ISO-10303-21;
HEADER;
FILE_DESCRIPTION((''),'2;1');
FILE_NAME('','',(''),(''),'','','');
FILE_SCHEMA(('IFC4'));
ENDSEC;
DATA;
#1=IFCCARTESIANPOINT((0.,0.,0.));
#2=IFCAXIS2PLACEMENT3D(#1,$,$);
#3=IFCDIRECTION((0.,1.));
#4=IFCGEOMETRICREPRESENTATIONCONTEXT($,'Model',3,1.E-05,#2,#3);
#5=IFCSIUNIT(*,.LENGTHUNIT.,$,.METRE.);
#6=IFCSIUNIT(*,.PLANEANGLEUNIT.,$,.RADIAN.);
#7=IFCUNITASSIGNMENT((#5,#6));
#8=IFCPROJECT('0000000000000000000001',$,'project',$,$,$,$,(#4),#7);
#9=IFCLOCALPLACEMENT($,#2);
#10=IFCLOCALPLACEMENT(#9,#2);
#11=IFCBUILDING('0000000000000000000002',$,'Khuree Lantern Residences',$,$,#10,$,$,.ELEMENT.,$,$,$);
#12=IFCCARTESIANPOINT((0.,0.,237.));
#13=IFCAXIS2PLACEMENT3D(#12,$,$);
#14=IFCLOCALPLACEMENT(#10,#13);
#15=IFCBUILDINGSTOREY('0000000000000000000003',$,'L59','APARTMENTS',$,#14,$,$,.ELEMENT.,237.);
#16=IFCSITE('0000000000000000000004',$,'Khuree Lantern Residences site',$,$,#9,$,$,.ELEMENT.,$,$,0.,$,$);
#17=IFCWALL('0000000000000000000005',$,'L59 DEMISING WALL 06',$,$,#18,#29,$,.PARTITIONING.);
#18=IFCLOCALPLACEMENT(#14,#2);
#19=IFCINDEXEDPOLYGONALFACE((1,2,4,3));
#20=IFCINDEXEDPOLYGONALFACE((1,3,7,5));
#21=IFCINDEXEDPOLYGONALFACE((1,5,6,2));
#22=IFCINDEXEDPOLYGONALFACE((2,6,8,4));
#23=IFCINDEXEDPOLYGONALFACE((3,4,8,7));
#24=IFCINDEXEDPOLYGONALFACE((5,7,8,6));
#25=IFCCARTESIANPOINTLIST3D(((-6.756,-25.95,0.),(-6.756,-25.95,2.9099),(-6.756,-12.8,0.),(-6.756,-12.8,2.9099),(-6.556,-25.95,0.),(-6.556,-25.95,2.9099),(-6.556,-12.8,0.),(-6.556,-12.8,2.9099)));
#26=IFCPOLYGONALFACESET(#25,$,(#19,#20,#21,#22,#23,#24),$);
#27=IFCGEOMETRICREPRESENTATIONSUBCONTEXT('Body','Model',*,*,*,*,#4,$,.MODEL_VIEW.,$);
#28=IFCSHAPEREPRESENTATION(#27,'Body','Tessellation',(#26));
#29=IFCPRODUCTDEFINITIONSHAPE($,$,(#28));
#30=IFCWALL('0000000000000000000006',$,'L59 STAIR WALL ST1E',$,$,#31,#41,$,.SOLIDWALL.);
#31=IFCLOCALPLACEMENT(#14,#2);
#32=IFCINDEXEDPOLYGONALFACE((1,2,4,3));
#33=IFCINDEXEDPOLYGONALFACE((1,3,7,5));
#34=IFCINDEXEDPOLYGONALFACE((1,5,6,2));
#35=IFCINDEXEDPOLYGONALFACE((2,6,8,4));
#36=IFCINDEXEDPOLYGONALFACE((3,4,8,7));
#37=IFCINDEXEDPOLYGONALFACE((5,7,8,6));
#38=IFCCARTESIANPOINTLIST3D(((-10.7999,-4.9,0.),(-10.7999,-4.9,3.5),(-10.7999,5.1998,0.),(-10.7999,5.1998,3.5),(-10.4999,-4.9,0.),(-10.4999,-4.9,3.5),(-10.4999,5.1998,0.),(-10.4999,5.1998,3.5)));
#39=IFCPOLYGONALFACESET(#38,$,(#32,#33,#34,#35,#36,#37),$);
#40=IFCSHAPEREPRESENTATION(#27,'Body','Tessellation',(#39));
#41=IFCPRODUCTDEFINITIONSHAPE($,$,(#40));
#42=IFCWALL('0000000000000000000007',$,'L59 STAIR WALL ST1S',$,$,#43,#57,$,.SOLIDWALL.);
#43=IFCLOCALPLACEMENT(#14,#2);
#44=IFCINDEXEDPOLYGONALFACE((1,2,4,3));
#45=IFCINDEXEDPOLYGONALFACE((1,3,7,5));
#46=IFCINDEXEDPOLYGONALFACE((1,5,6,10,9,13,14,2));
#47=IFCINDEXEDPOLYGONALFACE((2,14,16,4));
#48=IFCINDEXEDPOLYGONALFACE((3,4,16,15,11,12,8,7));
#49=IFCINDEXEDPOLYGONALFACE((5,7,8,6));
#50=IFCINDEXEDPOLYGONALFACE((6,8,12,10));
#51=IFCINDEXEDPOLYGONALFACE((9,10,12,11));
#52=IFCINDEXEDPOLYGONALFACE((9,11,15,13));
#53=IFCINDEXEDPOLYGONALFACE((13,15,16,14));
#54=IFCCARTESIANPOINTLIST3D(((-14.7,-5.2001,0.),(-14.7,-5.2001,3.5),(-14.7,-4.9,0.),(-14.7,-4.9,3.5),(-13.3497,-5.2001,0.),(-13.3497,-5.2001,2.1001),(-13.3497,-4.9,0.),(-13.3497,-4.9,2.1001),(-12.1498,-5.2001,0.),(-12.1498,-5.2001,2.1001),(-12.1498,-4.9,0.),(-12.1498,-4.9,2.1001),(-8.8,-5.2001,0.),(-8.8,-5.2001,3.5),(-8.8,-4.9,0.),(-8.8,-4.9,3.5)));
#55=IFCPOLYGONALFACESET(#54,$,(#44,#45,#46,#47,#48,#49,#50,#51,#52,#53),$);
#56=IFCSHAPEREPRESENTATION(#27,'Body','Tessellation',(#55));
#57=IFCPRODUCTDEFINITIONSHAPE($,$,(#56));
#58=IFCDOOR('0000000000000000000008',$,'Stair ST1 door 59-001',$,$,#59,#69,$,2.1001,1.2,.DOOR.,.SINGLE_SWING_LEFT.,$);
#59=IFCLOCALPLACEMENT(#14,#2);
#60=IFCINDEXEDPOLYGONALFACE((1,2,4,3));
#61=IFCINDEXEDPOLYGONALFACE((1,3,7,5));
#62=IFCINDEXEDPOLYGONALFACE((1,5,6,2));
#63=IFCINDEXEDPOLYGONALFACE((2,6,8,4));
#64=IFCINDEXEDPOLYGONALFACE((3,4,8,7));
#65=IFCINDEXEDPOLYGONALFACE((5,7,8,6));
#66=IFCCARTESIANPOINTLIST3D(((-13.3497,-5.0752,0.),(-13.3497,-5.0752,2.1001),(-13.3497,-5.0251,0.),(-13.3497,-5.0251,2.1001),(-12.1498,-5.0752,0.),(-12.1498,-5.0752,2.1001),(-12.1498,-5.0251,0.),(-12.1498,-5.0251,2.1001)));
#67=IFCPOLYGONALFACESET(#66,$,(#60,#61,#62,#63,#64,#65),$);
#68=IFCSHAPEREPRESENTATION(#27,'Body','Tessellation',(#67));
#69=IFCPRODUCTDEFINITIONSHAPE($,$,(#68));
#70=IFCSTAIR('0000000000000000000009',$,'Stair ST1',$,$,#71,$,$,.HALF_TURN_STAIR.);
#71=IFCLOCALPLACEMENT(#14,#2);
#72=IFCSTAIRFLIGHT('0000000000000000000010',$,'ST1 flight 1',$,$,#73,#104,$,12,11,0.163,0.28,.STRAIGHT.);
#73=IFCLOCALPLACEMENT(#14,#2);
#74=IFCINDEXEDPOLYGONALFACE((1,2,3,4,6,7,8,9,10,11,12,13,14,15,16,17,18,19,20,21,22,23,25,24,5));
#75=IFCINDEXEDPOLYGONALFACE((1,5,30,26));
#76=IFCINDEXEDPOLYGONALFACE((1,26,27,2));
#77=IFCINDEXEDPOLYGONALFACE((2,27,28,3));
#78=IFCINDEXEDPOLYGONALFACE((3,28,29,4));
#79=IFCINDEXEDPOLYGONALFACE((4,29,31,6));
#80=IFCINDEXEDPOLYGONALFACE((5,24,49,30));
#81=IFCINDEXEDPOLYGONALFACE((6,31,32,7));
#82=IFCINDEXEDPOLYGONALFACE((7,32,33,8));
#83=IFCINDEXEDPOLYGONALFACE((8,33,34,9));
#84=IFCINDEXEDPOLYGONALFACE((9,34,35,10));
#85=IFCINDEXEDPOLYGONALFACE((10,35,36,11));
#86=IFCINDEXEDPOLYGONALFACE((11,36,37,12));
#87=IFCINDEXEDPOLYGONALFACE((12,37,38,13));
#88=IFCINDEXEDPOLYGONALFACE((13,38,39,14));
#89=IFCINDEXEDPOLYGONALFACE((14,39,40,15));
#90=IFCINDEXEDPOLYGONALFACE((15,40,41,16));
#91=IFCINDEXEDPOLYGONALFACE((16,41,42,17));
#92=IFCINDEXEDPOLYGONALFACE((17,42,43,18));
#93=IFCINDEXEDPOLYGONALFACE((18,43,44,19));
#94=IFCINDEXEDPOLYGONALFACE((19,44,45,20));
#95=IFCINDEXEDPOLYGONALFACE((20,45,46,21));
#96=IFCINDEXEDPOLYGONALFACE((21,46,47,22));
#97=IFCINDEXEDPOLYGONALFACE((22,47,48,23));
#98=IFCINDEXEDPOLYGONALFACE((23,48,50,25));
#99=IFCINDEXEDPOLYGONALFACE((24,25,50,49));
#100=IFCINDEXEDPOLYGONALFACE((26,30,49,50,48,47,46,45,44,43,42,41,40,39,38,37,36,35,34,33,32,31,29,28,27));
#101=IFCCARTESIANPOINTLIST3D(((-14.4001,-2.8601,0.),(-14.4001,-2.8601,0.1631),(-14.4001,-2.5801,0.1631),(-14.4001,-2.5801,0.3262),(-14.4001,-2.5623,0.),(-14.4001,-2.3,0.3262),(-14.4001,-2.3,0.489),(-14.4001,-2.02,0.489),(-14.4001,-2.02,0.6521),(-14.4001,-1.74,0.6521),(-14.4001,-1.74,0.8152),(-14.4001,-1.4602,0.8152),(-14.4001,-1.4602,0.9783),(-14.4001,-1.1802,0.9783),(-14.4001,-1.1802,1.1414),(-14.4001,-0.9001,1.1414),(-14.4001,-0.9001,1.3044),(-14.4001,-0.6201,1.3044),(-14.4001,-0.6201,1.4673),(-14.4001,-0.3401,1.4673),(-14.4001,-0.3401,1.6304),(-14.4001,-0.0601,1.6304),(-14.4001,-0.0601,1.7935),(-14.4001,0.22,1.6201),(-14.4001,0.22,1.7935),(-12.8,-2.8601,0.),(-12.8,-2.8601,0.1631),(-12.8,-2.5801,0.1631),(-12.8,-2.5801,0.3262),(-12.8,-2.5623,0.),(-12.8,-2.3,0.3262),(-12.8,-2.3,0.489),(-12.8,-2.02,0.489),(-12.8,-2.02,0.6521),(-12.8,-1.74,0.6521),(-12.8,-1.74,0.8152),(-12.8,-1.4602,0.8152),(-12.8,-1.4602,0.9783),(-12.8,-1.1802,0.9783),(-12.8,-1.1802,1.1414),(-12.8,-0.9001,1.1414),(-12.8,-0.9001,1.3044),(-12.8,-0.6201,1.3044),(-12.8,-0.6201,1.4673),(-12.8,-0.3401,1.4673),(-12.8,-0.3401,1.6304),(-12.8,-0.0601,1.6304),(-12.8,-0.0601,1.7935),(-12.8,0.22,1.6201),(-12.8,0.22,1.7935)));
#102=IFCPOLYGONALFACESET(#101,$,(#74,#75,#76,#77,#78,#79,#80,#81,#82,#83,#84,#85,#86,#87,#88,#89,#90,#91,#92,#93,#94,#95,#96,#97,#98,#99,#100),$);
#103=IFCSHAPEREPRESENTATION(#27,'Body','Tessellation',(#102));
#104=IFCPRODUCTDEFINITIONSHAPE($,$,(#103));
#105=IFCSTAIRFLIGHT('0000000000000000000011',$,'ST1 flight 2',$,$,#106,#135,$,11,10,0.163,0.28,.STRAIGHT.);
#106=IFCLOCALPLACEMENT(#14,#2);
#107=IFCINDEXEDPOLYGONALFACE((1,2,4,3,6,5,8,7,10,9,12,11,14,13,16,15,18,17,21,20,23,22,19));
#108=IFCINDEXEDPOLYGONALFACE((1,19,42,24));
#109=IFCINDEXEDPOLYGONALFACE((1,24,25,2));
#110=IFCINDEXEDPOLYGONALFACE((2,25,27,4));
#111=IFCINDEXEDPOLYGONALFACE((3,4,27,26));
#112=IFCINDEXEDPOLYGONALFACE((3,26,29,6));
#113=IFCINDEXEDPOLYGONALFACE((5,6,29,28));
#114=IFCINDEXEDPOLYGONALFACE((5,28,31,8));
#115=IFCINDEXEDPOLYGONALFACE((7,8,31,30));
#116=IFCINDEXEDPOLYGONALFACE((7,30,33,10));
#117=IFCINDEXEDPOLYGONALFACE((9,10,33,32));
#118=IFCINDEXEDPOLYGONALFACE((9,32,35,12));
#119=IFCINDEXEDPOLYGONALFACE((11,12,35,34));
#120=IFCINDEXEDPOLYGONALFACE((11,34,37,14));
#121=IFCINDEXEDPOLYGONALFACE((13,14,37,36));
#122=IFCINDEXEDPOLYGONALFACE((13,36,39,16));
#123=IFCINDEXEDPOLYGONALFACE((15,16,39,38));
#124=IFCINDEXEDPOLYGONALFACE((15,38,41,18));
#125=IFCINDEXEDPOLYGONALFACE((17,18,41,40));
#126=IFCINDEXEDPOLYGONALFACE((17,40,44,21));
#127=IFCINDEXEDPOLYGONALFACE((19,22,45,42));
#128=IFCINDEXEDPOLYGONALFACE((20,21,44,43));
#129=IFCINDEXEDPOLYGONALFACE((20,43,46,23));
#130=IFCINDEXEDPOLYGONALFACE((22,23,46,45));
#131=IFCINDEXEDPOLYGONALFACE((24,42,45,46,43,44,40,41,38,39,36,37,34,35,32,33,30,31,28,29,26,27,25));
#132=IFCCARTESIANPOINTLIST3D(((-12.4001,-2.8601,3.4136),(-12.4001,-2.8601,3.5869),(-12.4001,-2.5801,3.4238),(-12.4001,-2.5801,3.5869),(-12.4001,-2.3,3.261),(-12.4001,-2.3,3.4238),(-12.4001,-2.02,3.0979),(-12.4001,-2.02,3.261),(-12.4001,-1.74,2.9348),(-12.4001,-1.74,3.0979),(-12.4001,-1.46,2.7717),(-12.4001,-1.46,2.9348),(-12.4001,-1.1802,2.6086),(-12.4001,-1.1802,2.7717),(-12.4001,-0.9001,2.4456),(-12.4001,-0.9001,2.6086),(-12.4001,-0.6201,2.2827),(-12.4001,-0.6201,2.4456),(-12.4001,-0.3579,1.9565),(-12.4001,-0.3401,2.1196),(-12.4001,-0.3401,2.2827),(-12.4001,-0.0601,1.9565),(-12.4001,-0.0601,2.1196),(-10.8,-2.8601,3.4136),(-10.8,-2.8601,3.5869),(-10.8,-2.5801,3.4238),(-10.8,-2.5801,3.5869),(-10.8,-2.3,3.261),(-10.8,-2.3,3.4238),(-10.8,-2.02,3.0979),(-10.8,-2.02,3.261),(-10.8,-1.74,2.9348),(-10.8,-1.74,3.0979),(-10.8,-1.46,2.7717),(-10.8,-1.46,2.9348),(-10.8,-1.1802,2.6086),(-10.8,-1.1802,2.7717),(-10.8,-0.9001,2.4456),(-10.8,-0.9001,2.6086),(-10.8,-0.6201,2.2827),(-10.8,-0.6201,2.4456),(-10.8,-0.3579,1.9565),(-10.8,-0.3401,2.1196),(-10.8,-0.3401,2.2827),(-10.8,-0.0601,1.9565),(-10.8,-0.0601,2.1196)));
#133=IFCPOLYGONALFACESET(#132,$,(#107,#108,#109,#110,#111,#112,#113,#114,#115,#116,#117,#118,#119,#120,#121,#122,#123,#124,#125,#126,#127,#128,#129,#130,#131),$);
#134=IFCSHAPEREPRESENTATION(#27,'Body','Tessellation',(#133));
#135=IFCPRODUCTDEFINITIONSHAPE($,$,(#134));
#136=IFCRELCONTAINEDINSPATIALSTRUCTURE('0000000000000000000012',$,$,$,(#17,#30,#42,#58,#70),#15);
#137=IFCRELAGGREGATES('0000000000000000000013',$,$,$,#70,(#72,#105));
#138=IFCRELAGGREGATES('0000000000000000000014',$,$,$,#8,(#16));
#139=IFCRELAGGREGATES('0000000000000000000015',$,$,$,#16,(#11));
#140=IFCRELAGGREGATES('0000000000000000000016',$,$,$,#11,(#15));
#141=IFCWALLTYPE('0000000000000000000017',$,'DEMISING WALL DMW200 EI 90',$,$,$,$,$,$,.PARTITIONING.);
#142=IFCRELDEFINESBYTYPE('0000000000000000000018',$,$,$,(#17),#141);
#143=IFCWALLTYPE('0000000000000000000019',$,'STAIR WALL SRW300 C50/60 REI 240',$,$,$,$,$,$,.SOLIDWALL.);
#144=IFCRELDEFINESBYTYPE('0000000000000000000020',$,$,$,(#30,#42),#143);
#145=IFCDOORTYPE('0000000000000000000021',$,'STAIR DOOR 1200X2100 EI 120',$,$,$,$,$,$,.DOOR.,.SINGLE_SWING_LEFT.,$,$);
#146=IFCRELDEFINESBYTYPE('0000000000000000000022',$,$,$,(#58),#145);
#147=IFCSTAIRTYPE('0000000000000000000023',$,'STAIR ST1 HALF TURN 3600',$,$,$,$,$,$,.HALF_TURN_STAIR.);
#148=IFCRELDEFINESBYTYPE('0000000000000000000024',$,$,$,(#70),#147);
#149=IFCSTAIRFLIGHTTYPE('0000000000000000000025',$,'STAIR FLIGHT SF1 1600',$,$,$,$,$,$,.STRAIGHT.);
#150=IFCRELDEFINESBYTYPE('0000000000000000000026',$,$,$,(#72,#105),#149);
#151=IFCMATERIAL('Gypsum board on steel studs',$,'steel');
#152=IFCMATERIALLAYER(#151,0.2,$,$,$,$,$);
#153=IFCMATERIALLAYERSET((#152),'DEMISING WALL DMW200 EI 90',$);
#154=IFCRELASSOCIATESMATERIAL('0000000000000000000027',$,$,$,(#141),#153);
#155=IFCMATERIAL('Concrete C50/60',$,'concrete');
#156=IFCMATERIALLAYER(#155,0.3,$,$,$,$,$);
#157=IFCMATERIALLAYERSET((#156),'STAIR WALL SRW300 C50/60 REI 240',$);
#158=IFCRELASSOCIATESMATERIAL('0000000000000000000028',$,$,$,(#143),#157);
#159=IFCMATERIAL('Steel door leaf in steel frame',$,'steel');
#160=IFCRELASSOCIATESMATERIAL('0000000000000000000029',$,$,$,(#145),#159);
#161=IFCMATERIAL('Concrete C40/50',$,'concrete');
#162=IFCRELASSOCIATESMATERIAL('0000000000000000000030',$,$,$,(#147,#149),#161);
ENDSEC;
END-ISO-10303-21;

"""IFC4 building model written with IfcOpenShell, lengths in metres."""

from ifc_helpers import new_model, si_unit, direction, frame, frame_2d, origin, place, context, subcontext, project, spatial, polyline, rectangle, outline, extrude, material, layer, layer_set, type_object, element, fill, aggregate, save


model = new_model("IFC4")

# Units and contexts
model_context = context("Model", 3, precision=1e-05, world=origin(), true_north=direction((0.0, 1.0)))
body_context = subcontext(model_context, "Body", "Model", "MODEL_VIEW")
ifc_project = project(units=[si_unit("LENGTHUNIT", "METRE"), si_unit("PLANEANGLEUNIT", "RADIAN")], contexts=[model_context])

# Site, building, storey
site_placement = place(None, origin())
site = spatial("IfcSite", under=ifc_project, at=site_placement, Name="Khuree Lantern Residences site", CompositionType="ELEMENT", RefElevation=0.0)
building_placement = place(site_placement, origin())
building = spatial("IfcBuilding", under=site, at=building_placement, Name="Khuree Lantern Residences", CompositionType="ELEMENT")
storey_placement = place(building_placement, frame((0.0, 0.0, 237.0)))
storey = spatial("IfcBuildingStorey", under=building, at=storey_placement, Name="L59", Description="APARTMENTS", CompositionType="ELEMENT", Elevation=237.0)

# Shared definitions
ifc_material_1 = material(Name="Concrete C50/60", Category="concrete")

# Shared definitions
ifc_material_2 = material(Name="Steel door leaf in steel frame", Category="steel")

# Shared definitions
ifc_material_3 = material(Name="Gypsum board on steel studs", Category="steel")

# Walls
ifc_layer_1 = layer(ifc_material_3, 0.2)
ifc_layer_set_1 = layer_set([ifc_layer_1], Name="DEMISING WALL DMW200 EI 90")
wall_type_1 = type_object("IfcWallType", Name="DEMISING WALL DMW200 EI 90", PredefinedType="PARTITIONING", material=ifc_layer_set_1)
wall_1_placement = place(storey_placement, frame((-6.656, -12.8, 0.0), z_axis=(0.0, 0.0, 1.0), x_axis=(0.0, -1.0, 0.0)))
element("IfcWall", 1, at=wall_1_placement, inside=storey, type_object=wall_type_1, Name="L59 DEMISING WALL 06", PredefinedType="PARTITIONING", context=body_context, shape_type="SweptSolid", body=[
    extrude(rectangle(XDim=13.1499, YDim=0.2, at=frame_2d((6.575, 0.0))), origin(), (0.0, 0.0, 1.0), 2.9099),
])
ifc_layer_2 = layer(ifc_material_1, 0.3)
ifc_layer_set_2 = layer_set([ifc_layer_2], Name="STAIR WALL SRW300 C50/60 REI 240")
wall_type_2 = type_object("IfcWallType", Name="STAIR WALL SRW300 C50/60 REI 240", PredefinedType="SOLIDWALL", material=ifc_layer_set_2)
wall_2_placement = place(storey_placement, frame((-10.6499, -4.8999, 0.0), z_axis=(0.0, 0.0, 1.0), x_axis=(0.0, 1.0, 0.0)))
element("IfcWall", 2, at=wall_2_placement, inside=storey, type_object=wall_type_2, Name="L59 STAIR WALL ST1E", PredefinedType="SOLIDWALL", context=body_context, shape_type="SweptSolid", body=[
    extrude(rectangle(XDim=10.0999, YDim=0.3, at=frame_2d((5.0498, 0.0))), origin(), (0.0, 0.0, 1.0), 3.5),
])

# Wall, opening, door
wall_3_placement = place(storey_placement, frame((-14.7, -5.05, 0.0), z_axis=(0.0, 0.0, 1.0), x_axis=(1.0, 0.0, 0.0)))
wall_3 = element("IfcWall", 3, at=wall_3_placement, inside=storey, type_object=wall_type_2, Name="L59 STAIR WALL ST1S", PredefinedType="SOLIDWALL", context=body_context, shape_type="SweptSolid", body=[
    extrude(rectangle(XDim=5.8999, YDim=0.3, at=frame_2d((2.95, 0.0))), origin(), (0.0, 0.0, 1.0), 3.5),
])
opening_1_placement = place(wall_3_placement, frame((1.3501, 0.0, 0.0)))
opening_1 = element("IfcOpeningElement", 4, at=opening_1_placement, cuts=wall_3, PredefinedType="OPENING", context=body_context, shape_type="SweptSolid", body=[
    extrude(rectangle(XDim=1.2, YDim=2.1001, at=frame_2d((0.6001, 1.05))), frame((0.0, 0.1602, 0.0), z_axis=(0.0, -1.0, 0.0), x_axis=(1.0, 0.0, 0.0)), (0.0, 0.0, 1.0), 0.3201),
])
door_type_1 = type_object("IfcDoorType", Name="STAIR DOOR 1200X2100 EI 120", OperationType="SINGLE_SWING_LEFT", PredefinedType="DOOR", material=ifc_material_2)
door_1_placement = place(opening_1_placement, origin())
door_1 = element("IfcDoor", 5, at=door_1_placement, inside=storey, type_object=door_type_1, Name="Stair ST1 door 59-001", OperationType="SINGLE_SWING_LEFT", OverallHeight=2.1001, OverallWidth=1.2, PredefinedType="DOOR", context=body_context, shape_type="SweptSolid", body=[
    extrude(rectangle(XDim=1.2, YDim=2.1001, at=frame_2d((0.6001, 1.05))), frame((0.0, 0.0249, 0.0), z_axis=(0.0, -1.0, 0.0), x_axis=(1.0, 0.0, 0.0)), (0.0, 0.0, 1.0), 0.05),
])
fill(opening_1, door_1)

# Stair, stair flights
ifc_material_4 = material(Name="Concrete C40/50", Category="concrete")
stair_type = type_object("IfcStairType", Name="STAIR ST1 HALF TURN 3600", PredefinedType="HALF_TURN_STAIR", material=ifc_material_4)
stair_placement = place(storey_placement, origin())
stair = element("IfcStair", 6, at=stair_placement, inside=storey, type_object=stair_type, Name="Stair ST1", PredefinedType="HALF_TURN_STAIR")
stair_flight_type = type_object("IfcStairFlightType", Name="STAIR FLIGHT SF1 1600", PredefinedType="STRAIGHT", material=ifc_material_4)
stair_flight_1_placement = place(storey_placement, frame((-13.6001, -2.8601, 0.0), z_axis=(0.0, 0.0, 1.0), x_axis=(0.0, 1.0, 0.0)))
stair_flight_1 = element("IfcStairFlight", 7, at=stair_flight_1_placement, type_object=stair_flight_type, Name="ST1 flight 1", NumberOfRisers=12, NumberOfTreads=11, PredefinedType="STRAIGHT", RiserHeight=0.163, TreadLength=0.28, context=body_context, shape_type="SweptSolid", body=[
    extrude(outline(polyline([(0.0, 0.0), (0.0, 0.1631), (0.28, 0.1631), (0.28, 0.3262), (0.5601, 0.3262), (0.5601, 0.489), (0.8401, 0.489), (0.8401, 0.6521), (1.1201, 0.6521), (1.1201, 0.8152), (1.3999, 0.8152), (1.3999, 0.9783), (1.6799, 0.9783), (1.6799, 1.1414), (1.96, 1.1414), (1.96, 1.3044), (2.24, 1.3044), (2.24, 1.4673), (2.52, 1.4673), (2.52, 1.6304), (2.8, 1.6304), (2.8, 1.7935), (3.0801, 1.7935), (3.0801, 1.9565), (3.0801, 1.6201), (0.2979, 0.0), (0.0, 0.0)])), frame((0.0, 0.8, 0.0), z_axis=(0.0, -1.0, 0.0), x_axis=(1.0, 0.0, 0.0)), (0.0, 0.0, 1.0), 1.6001),
])
stair_flight_2_placement = place(storey_placement, frame((-11.6001, -0.0601, 1.9565), z_axis=(0.0, 0.0, 1.0), x_axis=(0.0, -1.0, 0.0)))
stair_flight_2 = element("IfcStairFlight", 8, at=stair_flight_2_placement, type_object=stair_flight_type, Name="ST1 flight 2", NumberOfRisers=11, NumberOfTreads=10, PredefinedType="STRAIGHT", RiserHeight=0.163, TreadLength=0.28, context=body_context, shape_type="SweptSolid", body=[
    extrude(outline(polyline([(0.0, 0.0), (0.0, 0.1631), (0.28, 0.1631), (0.28, 0.3262), (0.5601, 0.3262), (0.5601, 0.489), (0.8401, 0.489), (0.8401, 0.6521), (1.1201, 0.6521), (1.1201, 0.8152), (1.3999, 0.8152), (1.3999, 0.9783), (1.6799, 0.9783), (1.6799, 1.1414), (1.96, 1.1414), (1.96, 1.3044), (2.24, 1.3044), (2.24, 1.4673), (2.52, 1.4673), (2.52, 1.6304), (2.8, 1.6304), (2.8, 1.7935), (2.8, 1.457), (0.2979, 0.0), (0.0, 0.0)])), frame((0.0, 0.8, 0.0), z_axis=(0.0, -1.0, 0.0), x_axis=(1.0, 0.0, 0.0)), (0.0, 0.0, 1.0), 1.6001),
])
aggregate(stair, [stair_flight_1, stair_flight_2])

save(model, "model.ifc")
